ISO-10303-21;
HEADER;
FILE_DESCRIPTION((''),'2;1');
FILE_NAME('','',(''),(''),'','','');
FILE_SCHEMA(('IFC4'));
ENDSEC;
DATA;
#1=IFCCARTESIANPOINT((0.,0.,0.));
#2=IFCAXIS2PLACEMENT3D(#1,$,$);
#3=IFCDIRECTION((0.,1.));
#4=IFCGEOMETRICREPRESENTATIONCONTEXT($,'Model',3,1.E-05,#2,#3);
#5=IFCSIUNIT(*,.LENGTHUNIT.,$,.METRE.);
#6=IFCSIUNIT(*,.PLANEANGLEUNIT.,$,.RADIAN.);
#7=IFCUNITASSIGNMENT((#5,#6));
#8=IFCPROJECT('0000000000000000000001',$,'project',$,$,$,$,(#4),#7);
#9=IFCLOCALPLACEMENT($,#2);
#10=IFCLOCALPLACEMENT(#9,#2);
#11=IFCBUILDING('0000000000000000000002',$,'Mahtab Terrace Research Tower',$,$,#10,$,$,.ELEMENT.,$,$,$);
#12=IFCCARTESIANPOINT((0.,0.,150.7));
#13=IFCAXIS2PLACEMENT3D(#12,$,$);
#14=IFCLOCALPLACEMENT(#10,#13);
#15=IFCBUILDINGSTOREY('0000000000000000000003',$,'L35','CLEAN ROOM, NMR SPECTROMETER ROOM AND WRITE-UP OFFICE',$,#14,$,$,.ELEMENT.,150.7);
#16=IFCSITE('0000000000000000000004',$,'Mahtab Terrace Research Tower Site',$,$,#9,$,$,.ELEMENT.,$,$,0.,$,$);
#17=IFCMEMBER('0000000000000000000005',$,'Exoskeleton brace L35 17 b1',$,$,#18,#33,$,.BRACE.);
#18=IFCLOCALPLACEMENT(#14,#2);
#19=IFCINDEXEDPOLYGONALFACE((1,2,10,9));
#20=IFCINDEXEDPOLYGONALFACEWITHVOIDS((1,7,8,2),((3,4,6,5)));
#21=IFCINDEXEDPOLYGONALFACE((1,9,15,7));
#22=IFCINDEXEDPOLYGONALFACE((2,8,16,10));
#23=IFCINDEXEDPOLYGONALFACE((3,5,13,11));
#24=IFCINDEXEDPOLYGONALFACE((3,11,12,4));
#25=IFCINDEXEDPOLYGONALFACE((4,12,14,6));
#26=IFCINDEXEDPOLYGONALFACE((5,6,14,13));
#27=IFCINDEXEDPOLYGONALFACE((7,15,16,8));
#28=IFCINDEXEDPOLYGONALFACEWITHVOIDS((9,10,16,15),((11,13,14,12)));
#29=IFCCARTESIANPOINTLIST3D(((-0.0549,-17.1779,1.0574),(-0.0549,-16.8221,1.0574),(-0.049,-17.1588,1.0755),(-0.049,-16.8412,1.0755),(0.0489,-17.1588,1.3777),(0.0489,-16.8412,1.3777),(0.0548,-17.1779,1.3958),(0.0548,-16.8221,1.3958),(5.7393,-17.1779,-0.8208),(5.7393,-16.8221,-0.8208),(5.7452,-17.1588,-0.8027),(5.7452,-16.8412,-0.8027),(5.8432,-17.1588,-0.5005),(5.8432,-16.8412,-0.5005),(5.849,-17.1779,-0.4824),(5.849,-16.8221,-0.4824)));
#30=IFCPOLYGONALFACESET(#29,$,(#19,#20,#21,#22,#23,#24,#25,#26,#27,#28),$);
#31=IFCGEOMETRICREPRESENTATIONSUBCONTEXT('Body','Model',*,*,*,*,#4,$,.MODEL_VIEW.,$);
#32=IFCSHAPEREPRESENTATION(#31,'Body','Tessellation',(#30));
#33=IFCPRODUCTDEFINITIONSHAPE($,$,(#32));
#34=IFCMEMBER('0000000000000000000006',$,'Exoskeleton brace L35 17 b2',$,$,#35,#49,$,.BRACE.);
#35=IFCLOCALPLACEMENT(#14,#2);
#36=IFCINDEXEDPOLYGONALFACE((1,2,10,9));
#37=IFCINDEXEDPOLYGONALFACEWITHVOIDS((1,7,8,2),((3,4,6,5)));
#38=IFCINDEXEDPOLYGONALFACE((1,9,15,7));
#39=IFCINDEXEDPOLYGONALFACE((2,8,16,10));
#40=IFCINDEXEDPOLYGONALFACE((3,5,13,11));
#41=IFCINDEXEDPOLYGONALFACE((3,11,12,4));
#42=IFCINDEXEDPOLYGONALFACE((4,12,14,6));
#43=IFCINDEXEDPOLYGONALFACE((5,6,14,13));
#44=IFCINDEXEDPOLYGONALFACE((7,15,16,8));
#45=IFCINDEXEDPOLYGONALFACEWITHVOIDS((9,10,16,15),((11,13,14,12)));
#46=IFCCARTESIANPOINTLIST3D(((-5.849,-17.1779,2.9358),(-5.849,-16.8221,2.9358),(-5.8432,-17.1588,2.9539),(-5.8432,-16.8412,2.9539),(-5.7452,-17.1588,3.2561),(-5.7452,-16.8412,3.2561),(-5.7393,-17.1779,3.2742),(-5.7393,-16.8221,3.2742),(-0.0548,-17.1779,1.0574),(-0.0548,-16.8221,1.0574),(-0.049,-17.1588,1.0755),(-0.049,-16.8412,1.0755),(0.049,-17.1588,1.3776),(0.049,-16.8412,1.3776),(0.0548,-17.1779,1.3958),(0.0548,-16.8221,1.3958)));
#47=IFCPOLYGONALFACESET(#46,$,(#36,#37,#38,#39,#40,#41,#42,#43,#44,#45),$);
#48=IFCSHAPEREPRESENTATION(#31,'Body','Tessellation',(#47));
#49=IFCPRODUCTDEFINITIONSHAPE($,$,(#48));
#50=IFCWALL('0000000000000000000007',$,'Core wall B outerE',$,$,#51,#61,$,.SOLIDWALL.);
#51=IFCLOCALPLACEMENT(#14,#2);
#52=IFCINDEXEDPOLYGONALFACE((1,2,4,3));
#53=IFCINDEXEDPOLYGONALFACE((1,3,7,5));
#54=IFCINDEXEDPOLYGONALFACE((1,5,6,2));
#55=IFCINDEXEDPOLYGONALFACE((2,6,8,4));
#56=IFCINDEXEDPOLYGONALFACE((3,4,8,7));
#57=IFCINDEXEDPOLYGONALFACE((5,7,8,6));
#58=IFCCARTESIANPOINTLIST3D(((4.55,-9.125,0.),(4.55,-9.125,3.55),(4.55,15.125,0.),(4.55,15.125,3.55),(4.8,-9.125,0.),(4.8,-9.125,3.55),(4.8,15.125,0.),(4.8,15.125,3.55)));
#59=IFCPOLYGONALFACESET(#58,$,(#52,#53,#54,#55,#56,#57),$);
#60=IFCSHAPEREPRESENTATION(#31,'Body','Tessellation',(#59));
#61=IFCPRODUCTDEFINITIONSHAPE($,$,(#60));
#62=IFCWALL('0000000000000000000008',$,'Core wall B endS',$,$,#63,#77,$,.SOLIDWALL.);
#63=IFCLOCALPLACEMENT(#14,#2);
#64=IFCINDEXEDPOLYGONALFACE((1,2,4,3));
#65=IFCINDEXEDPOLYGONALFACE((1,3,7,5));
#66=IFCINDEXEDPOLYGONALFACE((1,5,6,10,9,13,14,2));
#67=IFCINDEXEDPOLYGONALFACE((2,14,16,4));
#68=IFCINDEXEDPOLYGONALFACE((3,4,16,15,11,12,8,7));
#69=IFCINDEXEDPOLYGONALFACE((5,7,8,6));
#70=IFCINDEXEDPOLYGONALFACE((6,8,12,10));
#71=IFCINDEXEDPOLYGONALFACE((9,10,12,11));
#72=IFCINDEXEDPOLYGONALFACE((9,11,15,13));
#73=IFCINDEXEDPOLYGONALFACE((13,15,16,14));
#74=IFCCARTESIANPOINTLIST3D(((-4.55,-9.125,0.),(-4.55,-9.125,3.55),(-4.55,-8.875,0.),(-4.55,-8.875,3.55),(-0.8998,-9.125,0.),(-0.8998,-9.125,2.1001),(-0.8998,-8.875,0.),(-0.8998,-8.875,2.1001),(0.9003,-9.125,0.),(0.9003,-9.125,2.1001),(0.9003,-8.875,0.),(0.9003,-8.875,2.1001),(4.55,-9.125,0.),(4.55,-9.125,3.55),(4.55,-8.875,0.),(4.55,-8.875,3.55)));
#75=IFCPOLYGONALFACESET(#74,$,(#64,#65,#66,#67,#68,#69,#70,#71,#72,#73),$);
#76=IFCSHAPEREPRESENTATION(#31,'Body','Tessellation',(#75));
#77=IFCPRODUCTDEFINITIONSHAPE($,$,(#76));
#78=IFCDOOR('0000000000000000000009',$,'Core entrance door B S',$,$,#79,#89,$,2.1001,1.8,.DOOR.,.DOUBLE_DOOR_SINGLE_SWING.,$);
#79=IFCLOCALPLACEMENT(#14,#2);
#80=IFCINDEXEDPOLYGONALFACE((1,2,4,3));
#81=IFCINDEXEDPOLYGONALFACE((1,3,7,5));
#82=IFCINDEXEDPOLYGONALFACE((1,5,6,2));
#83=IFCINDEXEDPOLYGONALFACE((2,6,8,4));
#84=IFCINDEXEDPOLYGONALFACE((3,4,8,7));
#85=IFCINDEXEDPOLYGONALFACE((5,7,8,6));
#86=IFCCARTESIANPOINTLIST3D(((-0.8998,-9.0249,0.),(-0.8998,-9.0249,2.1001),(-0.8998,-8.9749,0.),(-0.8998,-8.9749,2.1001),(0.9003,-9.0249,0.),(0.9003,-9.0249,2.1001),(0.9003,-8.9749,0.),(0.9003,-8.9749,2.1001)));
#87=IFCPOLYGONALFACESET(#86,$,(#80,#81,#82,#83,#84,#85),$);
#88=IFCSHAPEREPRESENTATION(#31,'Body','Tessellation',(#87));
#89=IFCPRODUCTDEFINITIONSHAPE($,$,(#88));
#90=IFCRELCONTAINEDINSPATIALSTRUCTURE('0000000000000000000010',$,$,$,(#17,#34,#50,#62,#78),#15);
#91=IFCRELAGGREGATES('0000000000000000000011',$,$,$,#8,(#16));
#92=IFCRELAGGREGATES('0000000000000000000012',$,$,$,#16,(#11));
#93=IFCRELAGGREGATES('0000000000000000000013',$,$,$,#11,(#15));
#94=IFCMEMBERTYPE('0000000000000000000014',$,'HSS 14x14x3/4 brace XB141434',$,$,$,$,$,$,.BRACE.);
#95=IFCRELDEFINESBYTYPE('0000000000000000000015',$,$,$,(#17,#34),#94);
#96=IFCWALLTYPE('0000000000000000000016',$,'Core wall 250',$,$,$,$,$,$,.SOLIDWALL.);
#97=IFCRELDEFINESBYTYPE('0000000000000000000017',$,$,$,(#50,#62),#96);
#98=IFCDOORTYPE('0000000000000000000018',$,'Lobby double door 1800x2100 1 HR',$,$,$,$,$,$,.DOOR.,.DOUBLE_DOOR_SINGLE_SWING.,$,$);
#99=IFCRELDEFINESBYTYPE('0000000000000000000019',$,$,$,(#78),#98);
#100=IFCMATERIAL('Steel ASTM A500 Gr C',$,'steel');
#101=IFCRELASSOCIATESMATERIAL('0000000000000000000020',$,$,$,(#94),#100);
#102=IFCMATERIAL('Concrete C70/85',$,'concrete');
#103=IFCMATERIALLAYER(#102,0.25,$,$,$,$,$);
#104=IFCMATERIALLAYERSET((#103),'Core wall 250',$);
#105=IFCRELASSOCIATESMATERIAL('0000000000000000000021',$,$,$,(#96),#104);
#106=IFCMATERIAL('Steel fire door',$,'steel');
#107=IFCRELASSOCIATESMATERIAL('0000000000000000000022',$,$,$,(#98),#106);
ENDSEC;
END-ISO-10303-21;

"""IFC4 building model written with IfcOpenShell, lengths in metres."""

from ifc_helpers import new_model, si_unit, direction, frame, frame_2d, origin, origin_2d, place, context, subcontext, project, spatial, rectangle, hollow_rectangle, extrude, material, layer, layer_set, material_profile, profile_set, type_object, element, fill, save


model = new_model("IFC4")

# Units and contexts
model_context = context("Model", 3, precision=1e-05, world=origin(), true_north=direction((0.0, 1.0)))
body_context = subcontext(model_context, "Body", "Model", "MODEL_VIEW")
ifc_project = project(units=[si_unit("LENGTHUNIT", "METRE"), si_unit("PLANEANGLEUNIT", "RADIAN")], contexts=[model_context])

# Site, building, storey
site_placement = place(None, origin())
site = spatial("IfcSite", under=ifc_project, at=site_placement, Name="Mahtab Terrace Research Tower Site", CompositionType="ELEMENT", RefElevation=0.0)
building_placement = place(site_placement, origin())
building = spatial("IfcBuilding", under=site, at=building_placement, Name="Mahtab Terrace Research Tower", CompositionType="ELEMENT")
storey_placement = place(building_placement, frame((0.0, 0.0, 150.7)))
storey = spatial("IfcBuildingStorey", under=building, at=storey_placement, Name="L35", Description="CLEAN ROOM, NMR SPECTROMETER ROOM AND WRITE-UP OFFICE", CompositionType="ELEMENT", Elevation=150.7)

# Members
ifc_material_1 = material(Name="Steel ASTM A500 Gr C", Category="steel")
ifc_material_profile = material_profile(ifc_material_1, hollow_rectangle(XDim=0.3557, YDim=0.3557, WallThickness=0.019, at=origin_2d()), Name="HSS14X14X3/4")
ifc_profile_set = profile_set([ifc_material_profile], Name="Steel ASTM A500 Gr C")
member_type = type_object("IfcMemberType", Name="HSS 14x14x3/4 brace XB141434", PredefinedType="BRACE", material=ifc_profile_set)
for number, where, z_axis, x_axis, name in (
    (1, (5.7942, -17.0, -0.6516), (-0.951272, 0.0, 0.308353), (0.0, -1.0, 0.0), "Exoskeleton brace L35 17 b1"),
    (2, (0.0, -17.0, 1.2266), (-0.95126, 0.0, 0.308389), (0.0, -1.0, 0.0), "Exoskeleton brace L35 17 b2"),
):
    element("IfcMember", number, at=place(storey_placement, frame(where, z_axis=z_axis, x_axis=x_axis)), inside=storey, type_object=member_type, Name=name, PredefinedType="BRACE", context=body_context, shape_type="SweptSolid", body=[
        extrude(hollow_rectangle(XDim=0.3557, YDim=0.3557, WallThickness=0.019, at=origin_2d()), origin(), (0.0, 0.0, 1.0), 6.0911),
    ])

# Wall
ifc_material_2 = material(Name="Concrete C70/85", Category="concrete")
ifc_layer_1 = layer(ifc_material_2, 0.25)
ifc_layer_set_1 = layer_set([ifc_layer_1], Name="Core wall 250")
wall_type_1 = type_object("IfcWallType", Name="Core wall 250", PredefinedType="SOLIDWALL", material=ifc_layer_set_1)
wall_1_placement = place(storey_placement, frame((4.675, -9.125, 0.0), z_axis=(0.0, 0.0, 1.0), x_axis=(0.0, 1.0, 0.0)))
element("IfcWall", 3, at=wall_1_placement, inside=storey, type_object=wall_type_1, Name="Core wall B outerE", PredefinedType="SOLIDWALL", context=body_context, shape_type="SweptSolid", body=[
    extrude(rectangle(XDim=24.25, YDim=0.25, at=frame_2d((12.125, 0.0))), origin(), (0.0, 0.0, 1.0), 3.55),
])

# Wall, opening, door
wall_2_placement = place(storey_placement, frame((4.55, -9.0, 0.0), z_axis=(0.0, 0.0, 1.0), x_axis=(-1.0, 0.0, 0.0)))
wall_2 = element("IfcWall", 4, at=wall_2_placement, inside=storey, type_object=wall_type_1, Name="Core wall B endS", PredefinedType="SOLIDWALL", context=body_context, shape_type="SweptSolid", body=[
    extrude(rectangle(XDim=9.1001, YDim=0.25, at=frame_2d((4.55, 0.0))), origin(), (0.0, 0.0, 1.0), 3.55),
])
opening_1_placement = place(wall_2_placement, frame((3.6499, 0.0, 0.0)))
opening_1 = element("IfcOpeningElement", 5, at=opening_1_placement, cuts=wall_2, PredefinedType="OPENING", context=body_context, shape_type="SweptSolid", body=[
    extrude(rectangle(XDim=1.8, YDim=2.1001, at=frame_2d((0.8999, 1.05))), frame((0.0, 0.135, 0.0), z_axis=(0.0, -1.0, 0.0), x_axis=(1.0, 0.0, 0.0)), (0.0, 0.0, 1.0), 0.27),
])
ifc_material_3 = material(Name="Steel fire door", Category="steel")
door_type_1 = type_object("IfcDoorType", Name="Lobby double door 1800x2100 1 HR", OperationType="DOUBLE_DOOR_SINGLE_SWING", PredefinedType="DOOR", material=ifc_material_3)
door_1_placement = place(opening_1_placement, origin())
door_1 = element("IfcDoor", 6, at=door_1_placement, inside=storey, type_object=door_type_1, Name="Core entrance door B S", OperationType="DOUBLE_DOOR_SINGLE_SWING", OverallHeight=2.1001, OverallWidth=1.8, PredefinedType="DOOR", context=body_context, shape_type="SweptSolid", body=[
    extrude(rectangle(XDim=1.8, YDim=2.1001, at=frame_2d((0.8999, 1.05))), frame((0.0, 0.0249, 0.0), z_axis=(0.0, -1.0, 0.0), x_axis=(1.0, 0.0, 0.0)), (0.0, 0.0, 1.0), 0.05),
])
fill(opening_1, door_1)

save(model, "model.ifc")
